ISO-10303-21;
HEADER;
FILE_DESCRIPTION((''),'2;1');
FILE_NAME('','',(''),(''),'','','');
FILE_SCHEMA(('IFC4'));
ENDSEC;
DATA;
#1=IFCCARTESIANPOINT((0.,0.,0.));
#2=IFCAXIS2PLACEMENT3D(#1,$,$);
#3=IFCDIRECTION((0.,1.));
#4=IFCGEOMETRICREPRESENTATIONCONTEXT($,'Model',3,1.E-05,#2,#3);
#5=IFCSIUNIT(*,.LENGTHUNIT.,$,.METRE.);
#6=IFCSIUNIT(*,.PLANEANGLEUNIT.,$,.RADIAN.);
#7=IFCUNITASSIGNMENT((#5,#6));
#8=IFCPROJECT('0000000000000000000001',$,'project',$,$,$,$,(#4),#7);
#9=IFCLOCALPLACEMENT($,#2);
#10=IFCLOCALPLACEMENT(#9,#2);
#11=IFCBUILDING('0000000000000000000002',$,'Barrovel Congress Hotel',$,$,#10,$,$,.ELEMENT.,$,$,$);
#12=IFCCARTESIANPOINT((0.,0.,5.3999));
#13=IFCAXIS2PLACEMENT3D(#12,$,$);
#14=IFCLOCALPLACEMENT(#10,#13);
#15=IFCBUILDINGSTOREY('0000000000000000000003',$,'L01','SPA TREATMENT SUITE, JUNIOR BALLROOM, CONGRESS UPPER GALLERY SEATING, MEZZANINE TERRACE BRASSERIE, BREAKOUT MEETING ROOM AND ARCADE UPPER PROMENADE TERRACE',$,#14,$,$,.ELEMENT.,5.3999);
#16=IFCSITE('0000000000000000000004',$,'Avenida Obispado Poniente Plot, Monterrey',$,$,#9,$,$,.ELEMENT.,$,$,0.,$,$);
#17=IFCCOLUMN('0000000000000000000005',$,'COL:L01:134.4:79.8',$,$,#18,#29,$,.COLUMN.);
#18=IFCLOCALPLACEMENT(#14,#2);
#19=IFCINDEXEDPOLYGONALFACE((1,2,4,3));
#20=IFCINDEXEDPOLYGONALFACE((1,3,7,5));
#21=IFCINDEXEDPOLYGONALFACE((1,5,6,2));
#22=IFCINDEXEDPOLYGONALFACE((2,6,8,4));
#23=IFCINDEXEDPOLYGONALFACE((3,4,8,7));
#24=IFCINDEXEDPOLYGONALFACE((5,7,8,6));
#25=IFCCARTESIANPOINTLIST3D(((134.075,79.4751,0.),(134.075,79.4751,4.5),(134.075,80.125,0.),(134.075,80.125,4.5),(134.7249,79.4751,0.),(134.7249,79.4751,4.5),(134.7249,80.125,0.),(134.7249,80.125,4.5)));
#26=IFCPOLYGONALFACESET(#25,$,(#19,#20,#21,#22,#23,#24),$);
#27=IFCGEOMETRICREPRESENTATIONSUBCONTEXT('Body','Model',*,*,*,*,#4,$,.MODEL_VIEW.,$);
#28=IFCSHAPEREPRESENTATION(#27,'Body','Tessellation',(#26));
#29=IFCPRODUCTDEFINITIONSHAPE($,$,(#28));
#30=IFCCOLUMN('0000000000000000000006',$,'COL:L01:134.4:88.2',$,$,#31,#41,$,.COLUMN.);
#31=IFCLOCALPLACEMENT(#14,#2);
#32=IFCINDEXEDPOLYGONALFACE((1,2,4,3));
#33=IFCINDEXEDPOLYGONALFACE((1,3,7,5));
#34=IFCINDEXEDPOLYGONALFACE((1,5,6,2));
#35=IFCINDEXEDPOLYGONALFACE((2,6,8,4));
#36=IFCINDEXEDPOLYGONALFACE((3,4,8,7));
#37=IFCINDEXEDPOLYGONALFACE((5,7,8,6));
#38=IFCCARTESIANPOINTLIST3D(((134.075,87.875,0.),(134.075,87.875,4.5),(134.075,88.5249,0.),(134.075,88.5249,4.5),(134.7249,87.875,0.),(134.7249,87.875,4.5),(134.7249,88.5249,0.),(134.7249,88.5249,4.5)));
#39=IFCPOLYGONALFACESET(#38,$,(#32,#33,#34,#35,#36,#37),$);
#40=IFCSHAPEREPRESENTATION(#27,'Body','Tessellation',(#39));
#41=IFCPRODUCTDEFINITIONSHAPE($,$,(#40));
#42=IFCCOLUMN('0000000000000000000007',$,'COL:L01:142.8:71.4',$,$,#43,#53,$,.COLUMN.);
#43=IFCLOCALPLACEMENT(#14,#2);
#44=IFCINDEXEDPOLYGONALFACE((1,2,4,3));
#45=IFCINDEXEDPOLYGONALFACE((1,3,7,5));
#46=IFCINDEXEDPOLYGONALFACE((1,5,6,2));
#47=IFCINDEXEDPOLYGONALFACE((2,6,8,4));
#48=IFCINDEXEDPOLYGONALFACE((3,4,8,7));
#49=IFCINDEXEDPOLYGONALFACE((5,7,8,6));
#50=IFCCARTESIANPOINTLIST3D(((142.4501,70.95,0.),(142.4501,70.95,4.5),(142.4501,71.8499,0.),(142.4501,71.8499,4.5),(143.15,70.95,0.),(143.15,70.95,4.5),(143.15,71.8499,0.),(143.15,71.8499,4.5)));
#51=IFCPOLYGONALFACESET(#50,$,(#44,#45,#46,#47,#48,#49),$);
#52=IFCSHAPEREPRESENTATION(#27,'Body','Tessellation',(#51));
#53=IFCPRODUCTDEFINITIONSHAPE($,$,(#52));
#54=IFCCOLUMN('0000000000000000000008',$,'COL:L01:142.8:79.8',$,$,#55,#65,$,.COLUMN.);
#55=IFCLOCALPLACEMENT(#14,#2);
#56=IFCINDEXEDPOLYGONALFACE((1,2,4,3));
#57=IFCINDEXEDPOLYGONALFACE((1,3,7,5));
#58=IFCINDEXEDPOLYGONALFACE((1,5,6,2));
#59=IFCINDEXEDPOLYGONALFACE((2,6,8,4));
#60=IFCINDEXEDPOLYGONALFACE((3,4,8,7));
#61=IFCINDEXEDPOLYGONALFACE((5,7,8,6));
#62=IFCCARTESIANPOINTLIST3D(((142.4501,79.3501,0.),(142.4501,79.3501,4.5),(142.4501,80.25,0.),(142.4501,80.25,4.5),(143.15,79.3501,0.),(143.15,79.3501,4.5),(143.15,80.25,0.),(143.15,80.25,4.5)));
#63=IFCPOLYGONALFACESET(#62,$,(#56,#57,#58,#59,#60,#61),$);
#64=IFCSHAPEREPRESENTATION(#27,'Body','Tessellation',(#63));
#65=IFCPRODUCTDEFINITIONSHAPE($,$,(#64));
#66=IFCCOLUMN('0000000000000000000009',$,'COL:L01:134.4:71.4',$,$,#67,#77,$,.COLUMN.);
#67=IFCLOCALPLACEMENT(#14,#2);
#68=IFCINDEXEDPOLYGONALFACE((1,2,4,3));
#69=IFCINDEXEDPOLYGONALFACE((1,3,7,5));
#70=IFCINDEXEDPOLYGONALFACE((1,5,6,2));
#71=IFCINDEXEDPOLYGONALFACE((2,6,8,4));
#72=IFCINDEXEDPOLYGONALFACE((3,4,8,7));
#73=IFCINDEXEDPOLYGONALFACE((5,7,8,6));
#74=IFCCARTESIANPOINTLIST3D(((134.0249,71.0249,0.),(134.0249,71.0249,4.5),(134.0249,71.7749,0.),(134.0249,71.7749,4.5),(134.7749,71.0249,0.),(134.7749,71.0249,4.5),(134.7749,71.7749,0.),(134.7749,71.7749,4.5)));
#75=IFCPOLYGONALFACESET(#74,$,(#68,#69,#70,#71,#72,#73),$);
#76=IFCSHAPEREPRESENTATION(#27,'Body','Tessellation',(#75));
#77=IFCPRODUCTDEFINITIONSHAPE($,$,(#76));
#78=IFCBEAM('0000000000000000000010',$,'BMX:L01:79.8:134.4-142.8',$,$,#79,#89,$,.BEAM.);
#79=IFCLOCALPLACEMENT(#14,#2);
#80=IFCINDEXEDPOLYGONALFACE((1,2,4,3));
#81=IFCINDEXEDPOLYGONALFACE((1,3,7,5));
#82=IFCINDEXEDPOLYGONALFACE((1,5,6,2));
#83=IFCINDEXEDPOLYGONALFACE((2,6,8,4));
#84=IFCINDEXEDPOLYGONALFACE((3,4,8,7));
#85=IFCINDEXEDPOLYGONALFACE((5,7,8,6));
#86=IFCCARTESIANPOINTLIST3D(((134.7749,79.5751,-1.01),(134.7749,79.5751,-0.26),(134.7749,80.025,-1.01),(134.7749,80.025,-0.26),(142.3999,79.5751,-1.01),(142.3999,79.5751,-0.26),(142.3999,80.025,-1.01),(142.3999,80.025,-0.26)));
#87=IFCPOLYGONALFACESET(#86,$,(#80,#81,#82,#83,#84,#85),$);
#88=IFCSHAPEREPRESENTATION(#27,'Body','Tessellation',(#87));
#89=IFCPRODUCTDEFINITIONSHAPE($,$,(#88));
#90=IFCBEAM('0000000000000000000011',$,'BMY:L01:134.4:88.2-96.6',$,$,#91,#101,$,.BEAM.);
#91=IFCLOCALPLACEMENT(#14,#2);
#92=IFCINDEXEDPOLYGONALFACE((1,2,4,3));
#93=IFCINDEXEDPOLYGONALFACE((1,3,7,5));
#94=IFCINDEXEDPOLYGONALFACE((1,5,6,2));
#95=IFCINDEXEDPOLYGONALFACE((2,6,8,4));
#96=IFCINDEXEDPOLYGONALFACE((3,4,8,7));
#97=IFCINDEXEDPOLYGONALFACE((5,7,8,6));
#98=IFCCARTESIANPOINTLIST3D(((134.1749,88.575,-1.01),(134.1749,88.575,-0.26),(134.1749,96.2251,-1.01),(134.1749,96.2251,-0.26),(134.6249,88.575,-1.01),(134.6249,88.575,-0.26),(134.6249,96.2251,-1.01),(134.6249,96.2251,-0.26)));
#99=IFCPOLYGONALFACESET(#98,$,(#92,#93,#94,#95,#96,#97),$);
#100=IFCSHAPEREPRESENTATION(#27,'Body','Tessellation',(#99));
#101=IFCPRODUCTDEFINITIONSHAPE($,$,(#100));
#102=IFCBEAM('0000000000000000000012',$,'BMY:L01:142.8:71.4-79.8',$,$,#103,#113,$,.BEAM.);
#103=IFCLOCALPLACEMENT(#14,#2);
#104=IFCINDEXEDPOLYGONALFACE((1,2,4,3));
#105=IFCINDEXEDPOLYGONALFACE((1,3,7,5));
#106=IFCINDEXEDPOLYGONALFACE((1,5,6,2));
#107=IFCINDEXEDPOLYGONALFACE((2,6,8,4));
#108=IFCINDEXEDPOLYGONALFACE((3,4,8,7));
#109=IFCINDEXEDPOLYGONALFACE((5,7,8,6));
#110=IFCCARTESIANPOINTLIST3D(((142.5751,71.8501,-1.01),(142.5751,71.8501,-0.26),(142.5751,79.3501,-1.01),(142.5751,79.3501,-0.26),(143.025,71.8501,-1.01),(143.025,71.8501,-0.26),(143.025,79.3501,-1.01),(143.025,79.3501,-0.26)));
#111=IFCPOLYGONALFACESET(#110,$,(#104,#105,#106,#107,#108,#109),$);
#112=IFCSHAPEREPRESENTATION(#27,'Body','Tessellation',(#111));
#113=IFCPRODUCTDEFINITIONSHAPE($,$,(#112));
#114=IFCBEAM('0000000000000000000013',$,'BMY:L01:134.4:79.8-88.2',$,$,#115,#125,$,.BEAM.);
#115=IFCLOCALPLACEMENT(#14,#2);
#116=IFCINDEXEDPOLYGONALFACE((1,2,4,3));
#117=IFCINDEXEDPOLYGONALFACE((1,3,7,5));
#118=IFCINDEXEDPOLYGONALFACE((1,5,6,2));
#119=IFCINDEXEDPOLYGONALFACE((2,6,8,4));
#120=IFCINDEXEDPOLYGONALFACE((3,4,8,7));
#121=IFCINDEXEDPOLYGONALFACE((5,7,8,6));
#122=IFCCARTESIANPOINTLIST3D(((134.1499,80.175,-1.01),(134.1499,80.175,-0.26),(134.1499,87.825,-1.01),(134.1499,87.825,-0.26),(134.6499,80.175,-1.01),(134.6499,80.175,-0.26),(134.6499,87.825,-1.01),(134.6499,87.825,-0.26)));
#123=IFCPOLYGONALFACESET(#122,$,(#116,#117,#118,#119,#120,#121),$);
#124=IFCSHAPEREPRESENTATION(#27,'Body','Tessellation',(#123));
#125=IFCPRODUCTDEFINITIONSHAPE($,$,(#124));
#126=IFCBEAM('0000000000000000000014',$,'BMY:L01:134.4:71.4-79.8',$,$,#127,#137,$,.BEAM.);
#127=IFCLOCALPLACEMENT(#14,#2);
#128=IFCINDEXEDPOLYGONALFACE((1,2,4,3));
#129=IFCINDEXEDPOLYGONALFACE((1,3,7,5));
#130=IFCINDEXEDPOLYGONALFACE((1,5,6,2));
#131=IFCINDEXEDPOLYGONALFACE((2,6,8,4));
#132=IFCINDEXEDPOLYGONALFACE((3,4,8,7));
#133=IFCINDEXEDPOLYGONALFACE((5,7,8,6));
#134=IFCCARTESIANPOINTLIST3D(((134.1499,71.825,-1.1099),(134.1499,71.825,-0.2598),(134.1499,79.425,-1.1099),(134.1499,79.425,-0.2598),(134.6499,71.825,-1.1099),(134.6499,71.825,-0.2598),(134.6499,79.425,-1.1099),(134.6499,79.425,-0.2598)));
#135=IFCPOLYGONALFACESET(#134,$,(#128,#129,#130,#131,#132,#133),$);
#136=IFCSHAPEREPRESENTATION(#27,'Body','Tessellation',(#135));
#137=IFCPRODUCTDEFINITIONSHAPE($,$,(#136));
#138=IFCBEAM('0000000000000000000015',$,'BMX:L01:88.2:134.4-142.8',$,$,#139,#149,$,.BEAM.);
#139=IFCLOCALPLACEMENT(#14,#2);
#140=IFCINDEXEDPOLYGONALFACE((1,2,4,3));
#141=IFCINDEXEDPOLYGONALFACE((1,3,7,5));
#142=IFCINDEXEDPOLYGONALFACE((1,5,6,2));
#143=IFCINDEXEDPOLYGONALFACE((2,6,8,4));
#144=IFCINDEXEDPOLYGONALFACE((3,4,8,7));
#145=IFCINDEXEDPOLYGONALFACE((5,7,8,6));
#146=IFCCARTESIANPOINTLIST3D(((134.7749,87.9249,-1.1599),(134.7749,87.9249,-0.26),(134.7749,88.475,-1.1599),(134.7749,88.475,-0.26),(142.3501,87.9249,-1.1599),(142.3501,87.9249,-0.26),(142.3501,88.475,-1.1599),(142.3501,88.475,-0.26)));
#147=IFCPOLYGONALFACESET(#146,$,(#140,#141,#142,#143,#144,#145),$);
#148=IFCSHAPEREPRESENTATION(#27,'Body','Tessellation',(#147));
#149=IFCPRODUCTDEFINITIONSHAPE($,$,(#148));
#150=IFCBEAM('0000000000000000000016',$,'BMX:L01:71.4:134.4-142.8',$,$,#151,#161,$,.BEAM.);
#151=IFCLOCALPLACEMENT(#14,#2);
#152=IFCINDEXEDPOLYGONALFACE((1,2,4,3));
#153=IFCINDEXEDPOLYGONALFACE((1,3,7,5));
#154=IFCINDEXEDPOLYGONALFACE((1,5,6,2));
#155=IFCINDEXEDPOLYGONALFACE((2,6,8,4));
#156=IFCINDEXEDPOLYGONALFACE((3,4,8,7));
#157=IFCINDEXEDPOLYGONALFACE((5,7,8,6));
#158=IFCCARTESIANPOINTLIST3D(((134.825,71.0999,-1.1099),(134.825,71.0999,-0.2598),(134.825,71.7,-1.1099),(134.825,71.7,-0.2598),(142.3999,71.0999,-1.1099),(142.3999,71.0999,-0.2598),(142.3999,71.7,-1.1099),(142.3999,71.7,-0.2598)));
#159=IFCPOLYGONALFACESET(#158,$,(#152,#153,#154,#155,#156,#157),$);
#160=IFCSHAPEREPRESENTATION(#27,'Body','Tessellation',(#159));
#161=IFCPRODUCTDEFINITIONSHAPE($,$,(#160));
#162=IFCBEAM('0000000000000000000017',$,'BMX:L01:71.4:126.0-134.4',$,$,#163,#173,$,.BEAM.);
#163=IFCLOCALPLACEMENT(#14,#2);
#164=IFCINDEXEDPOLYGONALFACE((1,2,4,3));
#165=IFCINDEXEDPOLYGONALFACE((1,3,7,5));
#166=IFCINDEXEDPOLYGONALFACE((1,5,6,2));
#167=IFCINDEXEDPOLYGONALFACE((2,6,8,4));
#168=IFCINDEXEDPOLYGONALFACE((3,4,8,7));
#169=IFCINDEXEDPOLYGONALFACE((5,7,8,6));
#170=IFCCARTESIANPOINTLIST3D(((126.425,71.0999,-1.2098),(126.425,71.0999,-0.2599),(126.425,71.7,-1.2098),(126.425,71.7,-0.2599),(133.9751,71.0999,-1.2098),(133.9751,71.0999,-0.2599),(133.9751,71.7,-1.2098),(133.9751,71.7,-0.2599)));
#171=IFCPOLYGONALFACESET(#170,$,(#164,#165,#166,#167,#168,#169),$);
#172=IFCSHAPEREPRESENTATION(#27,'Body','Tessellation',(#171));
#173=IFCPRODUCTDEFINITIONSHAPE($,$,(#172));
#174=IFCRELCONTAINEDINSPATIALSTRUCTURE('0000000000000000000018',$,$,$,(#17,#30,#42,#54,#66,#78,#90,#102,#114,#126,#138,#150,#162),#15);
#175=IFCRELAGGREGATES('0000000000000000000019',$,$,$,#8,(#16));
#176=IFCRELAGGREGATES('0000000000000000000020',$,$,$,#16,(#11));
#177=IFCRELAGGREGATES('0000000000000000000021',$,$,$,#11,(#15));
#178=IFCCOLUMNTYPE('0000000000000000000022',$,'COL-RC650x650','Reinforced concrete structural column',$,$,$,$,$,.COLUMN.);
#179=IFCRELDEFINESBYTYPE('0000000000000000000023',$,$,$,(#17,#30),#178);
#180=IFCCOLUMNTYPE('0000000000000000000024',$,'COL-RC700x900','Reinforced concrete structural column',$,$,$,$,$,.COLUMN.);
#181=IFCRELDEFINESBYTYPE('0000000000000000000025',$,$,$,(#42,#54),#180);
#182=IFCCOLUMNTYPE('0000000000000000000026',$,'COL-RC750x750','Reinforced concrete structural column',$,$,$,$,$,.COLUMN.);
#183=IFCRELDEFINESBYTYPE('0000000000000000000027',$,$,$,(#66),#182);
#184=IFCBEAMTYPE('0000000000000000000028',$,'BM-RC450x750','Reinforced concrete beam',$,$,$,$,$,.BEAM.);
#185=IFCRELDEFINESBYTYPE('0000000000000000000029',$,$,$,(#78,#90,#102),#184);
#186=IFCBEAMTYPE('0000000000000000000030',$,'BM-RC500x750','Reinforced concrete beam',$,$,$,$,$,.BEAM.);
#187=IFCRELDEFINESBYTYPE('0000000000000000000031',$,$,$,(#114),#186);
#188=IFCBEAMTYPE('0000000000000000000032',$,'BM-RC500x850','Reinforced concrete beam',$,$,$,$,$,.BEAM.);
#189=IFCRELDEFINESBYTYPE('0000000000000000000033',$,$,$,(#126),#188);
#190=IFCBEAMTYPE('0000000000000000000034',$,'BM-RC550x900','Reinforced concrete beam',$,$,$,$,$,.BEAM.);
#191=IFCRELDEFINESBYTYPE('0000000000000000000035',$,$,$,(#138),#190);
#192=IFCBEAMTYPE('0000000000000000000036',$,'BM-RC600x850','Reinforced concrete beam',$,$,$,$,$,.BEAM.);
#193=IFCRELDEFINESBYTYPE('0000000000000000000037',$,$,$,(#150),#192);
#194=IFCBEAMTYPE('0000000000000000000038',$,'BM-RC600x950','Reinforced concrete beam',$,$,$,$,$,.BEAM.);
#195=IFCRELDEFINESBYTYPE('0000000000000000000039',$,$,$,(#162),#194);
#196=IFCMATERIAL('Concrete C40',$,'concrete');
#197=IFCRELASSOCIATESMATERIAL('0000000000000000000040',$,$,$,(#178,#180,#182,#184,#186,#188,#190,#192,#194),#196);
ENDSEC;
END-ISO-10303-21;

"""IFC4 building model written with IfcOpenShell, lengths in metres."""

from ifc_helpers import new_model, si_unit, direction, frame, origin, origin_2d, place, context, subcontext, project, spatial, rectangle, extrude, material, material_profile, profile_set, type_object, element, save


model = new_model("IFC4")

# Units and contexts
model_context = context("Model", 3, precision=1e-05, world=origin(), true_north=direction((0.0, 1.0)))
body_context = subcontext(model_context, "Body", "Model", "MODEL_VIEW")
ifc_project = project(units=[si_unit("LENGTHUNIT", "METRE"), si_unit("PLANEANGLEUNIT", "RADIAN")], contexts=[model_context])

# Site, building, storey
site_placement = place(None, origin())
site = spatial("IfcSite", under=ifc_project, at=site_placement, Name="Avenida Obispado Poniente Plot, Monterrey", CompositionType="ELEMENT", RefElevation=0.0)
building_placement = place(site_placement, origin())
building = spatial("IfcBuilding", under=site, at=building_placement, Name="Barrovel Congress Hotel", CompositionType="ELEMENT")
storey_placement = place(building_placement, frame((0.0, 0.0, 5.3999)))
storey = spatial("IfcBuildingStorey", under=building, at=storey_placement, Name="L01", Description="SPA TREATMENT SUITE, JUNIOR BALLROOM, CONGRESS UPPER GALLERY SEATING, MEZZANINE TERRACE BRASSERIE, BREAKOUT MEETING ROOM AND ARCADE UPPER PROMENADE TERRACE", CompositionType="ELEMENT", Elevation=5.3999)

# Columns
ifc_material_1 = material(Name="Concrete C40", Category="concrete")
ifc_material_profile_1 = material_profile(ifc_material_1, rectangle(XDim=0.6499, YDim=0.6499, at=origin_2d()), Name="RC650x650")
ifc_profile_set_1 = profile_set([ifc_material_profile_1], Name="Concrete C40")
column_type_1 = type_object("IfcColumnType", Name="COL-RC650x650", Description="Reinforced concrete structural column", PredefinedType="COLUMN", material=ifc_profile_set_1)
for number, where, z_axis, x_axis, name in (
    (1, (134.3999, 79.8, 0.0), (0.0, 0.0, 1.0), (1.0, 0.0, 0.0), "COL:L01:134.4:79.8"),
    (2, (134.3999, 88.2, 0.0), (0.0, 0.0, 1.0), (1.0, 0.0, 0.0), "COL:L01:134.4:88.2"),
):
    element("IfcColumn", number, at=place(storey_placement, frame(where, z_axis=z_axis, x_axis=x_axis)), inside=storey, type_object=column_type_1, Name=name, PredefinedType="COLUMN", context=body_context, shape_type="SweptSolid", body=[
        extrude(rectangle(XDim=0.6499, YDim=0.6499, at=origin_2d()), origin(), (0.0, 0.0, 1.0), 4.5),
    ])
ifc_material_profile_2 = material_profile(ifc_material_1, rectangle(XDim=0.7, YDim=0.8999, at=origin_2d()), Name="RC700x900")
ifc_profile_set_2 = profile_set([ifc_material_profile_2], Name="Concrete C40")
column_type_2 = type_object("IfcColumnType", Name="COL-RC700x900", Description="Reinforced concrete structural column", PredefinedType="COLUMN", material=ifc_profile_set_2)
for number, where, z_axis, x_axis, name in (
    (3, (142.8, 71.3999, 0.0), (0.0, 0.0, 1.0), (1.0, 0.0, 0.0), "COL:L01:142.8:71.4"),
    (4, (142.8, 79.8, 0.0), (0.0, 0.0, 1.0), (1.0, 0.0, 0.0), "COL:L01:142.8:79.8"),
):
    element("IfcColumn", number, at=place(storey_placement, frame(where, z_axis=z_axis, x_axis=x_axis)), inside=storey, type_object=column_type_2, Name=name, PredefinedType="COLUMN", context=body_context, shape_type="SweptSolid", body=[
        extrude(rectangle(XDim=0.7, YDim=0.8999, at=origin_2d()), origin(), (0.0, 0.0, 1.0), 4.5),
    ])
ifc_material_profile_3 = material_profile(ifc_material_1, rectangle(XDim=0.75, YDim=0.75, at=origin_2d()), Name="RC750x750")
ifc_profile_set_3 = profile_set([ifc_material_profile_3], Name="Concrete C40")
column_type_3 = type_object("IfcColumnType", Name="COL-RC750x750", Description="Reinforced concrete structural column", PredefinedType="COLUMN", material=ifc_profile_set_3)
column_placement = place(storey_placement, frame((134.3999, 71.3999, 0.0), z_axis=(0.0, 0.0, 1.0), x_axis=(1.0, 0.0, 0.0)))
element("IfcColumn", 5, at=column_placement, inside=storey, type_object=column_type_3, Name="COL:L01:134.4:71.4", PredefinedType="COLUMN", context=body_context, shape_type="SweptSolid", body=[
    extrude(rectangle(XDim=0.75, YDim=0.75, at=origin_2d()), origin(), (0.0, 0.0, 1.0), 4.5),
])

# Beams
ifc_material_profile_4 = material_profile(ifc_material_1, rectangle(XDim=0.45, YDim=0.75, at=origin_2d()), Name="RC450x750")
ifc_profile_set_4 = profile_set([ifc_material_profile_4], Name="Concrete C40")
beam_type_1 = type_object("IfcBeamType", Name="BM-RC450x750", Description="Reinforced concrete beam", PredefinedType="BEAM", material=ifc_profile_set_4)
beam_1_placement = place(storey_placement, frame((134.7749, 79.8, -0.635), z_axis=(1.0, 0.0, 0.0), x_axis=(0.0, 1.0, 0.0)))
element("IfcBeam", 6, at=beam_1_placement, inside=storey, type_object=beam_type_1, Name="BMX:L01:79.8:134.4-142.8", PredefinedType="BEAM", context=body_context, shape_type="SweptSolid", body=[
    extrude(rectangle(XDim=0.45, YDim=0.75, at=origin_2d()), origin(), (0.0, 0.0, 1.0), 7.625),
])
beam_2_placement = place(storey_placement, frame((134.3999, 88.575, -0.635), z_axis=(0.0, 1.0, 0.0), x_axis=(-1.0, 0.0, 0.0)))
element("IfcBeam", 7, at=beam_2_placement, inside=storey, type_object=beam_type_1, Name="BMY:L01:134.4:88.2-96.6", PredefinedType="BEAM", context=body_context, shape_type="SweptSolid", body=[
    extrude(rectangle(XDim=0.45, YDim=0.75, at=origin_2d()), origin(), (0.0, 0.0, 1.0), 7.6501),
])
beam_3_placement = place(storey_placement, frame((142.8, 71.8501, -0.635), z_axis=(0.0, 1.0, 0.0), x_axis=(-1.0, 0.0, 0.0)))
element("IfcBeam", 8, at=beam_3_placement, inside=storey, type_object=beam_type_1, Name="BMY:L01:142.8:71.4-79.8", PredefinedType="BEAM", context=body_context, shape_type="SweptSolid", body=[
    extrude(rectangle(XDim=0.45, YDim=0.75, at=origin_2d()), origin(), (0.0, 0.0, 1.0), 7.5),
])
ifc_material_profile_5 = material_profile(ifc_material_1, rectangle(XDim=0.5, YDim=0.75, at=origin_2d()), Name="RC500x750")
ifc_profile_set_5 = profile_set([ifc_material_profile_5], Name="Concrete C40")
beam_type_2 = type_object("IfcBeamType", Name="BM-RC500x750", Description="Reinforced concrete beam", PredefinedType="BEAM", material=ifc_profile_set_5)
beam_4_placement = place(storey_placement, frame((134.3999, 80.175, -0.635), z_axis=(0.0, 1.0, 0.0), x_axis=(-1.0, 0.0, 0.0)))
element("IfcBeam", 9, at=beam_4_placement, inside=storey, type_object=beam_type_2, Name="BMY:L01:134.4:79.8-88.2", PredefinedType="BEAM", context=body_context, shape_type="SweptSolid", body=[
    extrude(rectangle(XDim=0.5, YDim=0.75, at=origin_2d()), origin(), (0.0, 0.0, 1.0), 7.6499),
])
ifc_material_profile_6 = material_profile(ifc_material_1, rectangle(XDim=0.5, YDim=0.8501, at=origin_2d()), Name="RC500x850")
ifc_profile_set_6 = profile_set([ifc_material_profile_6], Name="Concrete C40")
beam_type_3 = type_object("IfcBeamType", Name="BM-RC500x850", Description="Reinforced concrete beam", PredefinedType="BEAM", material=ifc_profile_set_6)
beam_5_placement = place(storey_placement, frame((134.3999, 71.825, -0.6848), z_axis=(0.0, 1.0, 0.0), x_axis=(-1.0, 0.0, 0.0)))
element("IfcBeam", 10, at=beam_5_placement, inside=storey, type_object=beam_type_3, Name="BMY:L01:134.4:71.4-79.8", PredefinedType="BEAM", context=body_context, shape_type="SweptSolid", body=[
    extrude(rectangle(XDim=0.5, YDim=0.8501, at=origin_2d()), origin(), (0.0, 0.0, 1.0), 7.6001),
])
ifc_material_profile_7 = material_profile(ifc_material_1, rectangle(XDim=0.55, YDim=0.8999, at=origin_2d()), Name="RC550x900")
ifc_profile_set_7 = profile_set([ifc_material_profile_7], Name="Concrete C40")
beam_type_4 = type_object("IfcBeamType", Name="BM-RC550x900", Description="Reinforced concrete beam", PredefinedType="BEAM", material=ifc_profile_set_7)
beam_6_placement = place(storey_placement, frame((134.7749, 88.2, -0.71), z_axis=(1.0, 0.0, 0.0), x_axis=(0.0, 1.0, 0.0)))
element("IfcBeam", 11, at=beam_6_placement, inside=storey, type_object=beam_type_4, Name="BMX:L01:88.2:134.4-142.8", PredefinedType="BEAM", context=body_context, shape_type="SweptSolid", body=[
    extrude(rectangle(XDim=0.55, YDim=0.8999, at=origin_2d()), origin(), (0.0, 0.0, 1.0), 7.5752),
])
ifc_material_profile_8 = material_profile(ifc_material_1, rectangle(XDim=0.6001, YDim=0.8501, at=origin_2d()), Name="RC600x850")
ifc_profile_set_8 = profile_set([ifc_material_profile_8], Name="Concrete C40")
beam_type_5 = type_object("IfcBeamType", Name="BM-RC600x850", Description="Reinforced concrete beam", PredefinedType="BEAM", material=ifc_profile_set_8)
beam_7_placement = place(storey_placement, frame((134.825, 71.3999, -0.6848), z_axis=(1.0, 0.0, 0.0), x_axis=(0.0, 1.0, 0.0)))
element("IfcBeam", 12, at=beam_7_placement, inside=storey, type_object=beam_type_5, Name="BMX:L01:71.4:134.4-142.8", PredefinedType="BEAM", context=body_context, shape_type="SweptSolid", body=[
    extrude(rectangle(XDim=0.6001, YDim=0.8501, at=origin_2d()), origin(), (0.0, 0.0, 1.0), 7.575),
])
ifc_material_profile_9 = material_profile(ifc_material_1, rectangle(XDim=0.6001, YDim=0.95, at=origin_2d()), Name="RC600x950")
ifc_profile_set_9 = profile_set([ifc_material_profile_9], Name="Concrete C40")
beam_type_6 = type_object("IfcBeamType", Name="BM-RC600x950", Description="Reinforced concrete beam", PredefinedType="BEAM", material=ifc_profile_set_9)
beam_8_placement = place(storey_placement, frame((126.425, 71.3999, -0.7349), z_axis=(1.0, 0.0, 0.0), x_axis=(0.0, 1.0, 0.0)))
element("IfcBeam", 13, at=beam_8_placement, inside=storey, type_object=beam_type_6, Name="BMX:L01:71.4:126.0-134.4", PredefinedType="BEAM", context=body_context, shape_type="SweptSolid", body=[
    extrude(rectangle(XDim=0.6001, YDim=0.95, at=origin_2d()), origin(), (0.0, 0.0, 1.0), 7.55),
])

save(model, "model.ifc")
